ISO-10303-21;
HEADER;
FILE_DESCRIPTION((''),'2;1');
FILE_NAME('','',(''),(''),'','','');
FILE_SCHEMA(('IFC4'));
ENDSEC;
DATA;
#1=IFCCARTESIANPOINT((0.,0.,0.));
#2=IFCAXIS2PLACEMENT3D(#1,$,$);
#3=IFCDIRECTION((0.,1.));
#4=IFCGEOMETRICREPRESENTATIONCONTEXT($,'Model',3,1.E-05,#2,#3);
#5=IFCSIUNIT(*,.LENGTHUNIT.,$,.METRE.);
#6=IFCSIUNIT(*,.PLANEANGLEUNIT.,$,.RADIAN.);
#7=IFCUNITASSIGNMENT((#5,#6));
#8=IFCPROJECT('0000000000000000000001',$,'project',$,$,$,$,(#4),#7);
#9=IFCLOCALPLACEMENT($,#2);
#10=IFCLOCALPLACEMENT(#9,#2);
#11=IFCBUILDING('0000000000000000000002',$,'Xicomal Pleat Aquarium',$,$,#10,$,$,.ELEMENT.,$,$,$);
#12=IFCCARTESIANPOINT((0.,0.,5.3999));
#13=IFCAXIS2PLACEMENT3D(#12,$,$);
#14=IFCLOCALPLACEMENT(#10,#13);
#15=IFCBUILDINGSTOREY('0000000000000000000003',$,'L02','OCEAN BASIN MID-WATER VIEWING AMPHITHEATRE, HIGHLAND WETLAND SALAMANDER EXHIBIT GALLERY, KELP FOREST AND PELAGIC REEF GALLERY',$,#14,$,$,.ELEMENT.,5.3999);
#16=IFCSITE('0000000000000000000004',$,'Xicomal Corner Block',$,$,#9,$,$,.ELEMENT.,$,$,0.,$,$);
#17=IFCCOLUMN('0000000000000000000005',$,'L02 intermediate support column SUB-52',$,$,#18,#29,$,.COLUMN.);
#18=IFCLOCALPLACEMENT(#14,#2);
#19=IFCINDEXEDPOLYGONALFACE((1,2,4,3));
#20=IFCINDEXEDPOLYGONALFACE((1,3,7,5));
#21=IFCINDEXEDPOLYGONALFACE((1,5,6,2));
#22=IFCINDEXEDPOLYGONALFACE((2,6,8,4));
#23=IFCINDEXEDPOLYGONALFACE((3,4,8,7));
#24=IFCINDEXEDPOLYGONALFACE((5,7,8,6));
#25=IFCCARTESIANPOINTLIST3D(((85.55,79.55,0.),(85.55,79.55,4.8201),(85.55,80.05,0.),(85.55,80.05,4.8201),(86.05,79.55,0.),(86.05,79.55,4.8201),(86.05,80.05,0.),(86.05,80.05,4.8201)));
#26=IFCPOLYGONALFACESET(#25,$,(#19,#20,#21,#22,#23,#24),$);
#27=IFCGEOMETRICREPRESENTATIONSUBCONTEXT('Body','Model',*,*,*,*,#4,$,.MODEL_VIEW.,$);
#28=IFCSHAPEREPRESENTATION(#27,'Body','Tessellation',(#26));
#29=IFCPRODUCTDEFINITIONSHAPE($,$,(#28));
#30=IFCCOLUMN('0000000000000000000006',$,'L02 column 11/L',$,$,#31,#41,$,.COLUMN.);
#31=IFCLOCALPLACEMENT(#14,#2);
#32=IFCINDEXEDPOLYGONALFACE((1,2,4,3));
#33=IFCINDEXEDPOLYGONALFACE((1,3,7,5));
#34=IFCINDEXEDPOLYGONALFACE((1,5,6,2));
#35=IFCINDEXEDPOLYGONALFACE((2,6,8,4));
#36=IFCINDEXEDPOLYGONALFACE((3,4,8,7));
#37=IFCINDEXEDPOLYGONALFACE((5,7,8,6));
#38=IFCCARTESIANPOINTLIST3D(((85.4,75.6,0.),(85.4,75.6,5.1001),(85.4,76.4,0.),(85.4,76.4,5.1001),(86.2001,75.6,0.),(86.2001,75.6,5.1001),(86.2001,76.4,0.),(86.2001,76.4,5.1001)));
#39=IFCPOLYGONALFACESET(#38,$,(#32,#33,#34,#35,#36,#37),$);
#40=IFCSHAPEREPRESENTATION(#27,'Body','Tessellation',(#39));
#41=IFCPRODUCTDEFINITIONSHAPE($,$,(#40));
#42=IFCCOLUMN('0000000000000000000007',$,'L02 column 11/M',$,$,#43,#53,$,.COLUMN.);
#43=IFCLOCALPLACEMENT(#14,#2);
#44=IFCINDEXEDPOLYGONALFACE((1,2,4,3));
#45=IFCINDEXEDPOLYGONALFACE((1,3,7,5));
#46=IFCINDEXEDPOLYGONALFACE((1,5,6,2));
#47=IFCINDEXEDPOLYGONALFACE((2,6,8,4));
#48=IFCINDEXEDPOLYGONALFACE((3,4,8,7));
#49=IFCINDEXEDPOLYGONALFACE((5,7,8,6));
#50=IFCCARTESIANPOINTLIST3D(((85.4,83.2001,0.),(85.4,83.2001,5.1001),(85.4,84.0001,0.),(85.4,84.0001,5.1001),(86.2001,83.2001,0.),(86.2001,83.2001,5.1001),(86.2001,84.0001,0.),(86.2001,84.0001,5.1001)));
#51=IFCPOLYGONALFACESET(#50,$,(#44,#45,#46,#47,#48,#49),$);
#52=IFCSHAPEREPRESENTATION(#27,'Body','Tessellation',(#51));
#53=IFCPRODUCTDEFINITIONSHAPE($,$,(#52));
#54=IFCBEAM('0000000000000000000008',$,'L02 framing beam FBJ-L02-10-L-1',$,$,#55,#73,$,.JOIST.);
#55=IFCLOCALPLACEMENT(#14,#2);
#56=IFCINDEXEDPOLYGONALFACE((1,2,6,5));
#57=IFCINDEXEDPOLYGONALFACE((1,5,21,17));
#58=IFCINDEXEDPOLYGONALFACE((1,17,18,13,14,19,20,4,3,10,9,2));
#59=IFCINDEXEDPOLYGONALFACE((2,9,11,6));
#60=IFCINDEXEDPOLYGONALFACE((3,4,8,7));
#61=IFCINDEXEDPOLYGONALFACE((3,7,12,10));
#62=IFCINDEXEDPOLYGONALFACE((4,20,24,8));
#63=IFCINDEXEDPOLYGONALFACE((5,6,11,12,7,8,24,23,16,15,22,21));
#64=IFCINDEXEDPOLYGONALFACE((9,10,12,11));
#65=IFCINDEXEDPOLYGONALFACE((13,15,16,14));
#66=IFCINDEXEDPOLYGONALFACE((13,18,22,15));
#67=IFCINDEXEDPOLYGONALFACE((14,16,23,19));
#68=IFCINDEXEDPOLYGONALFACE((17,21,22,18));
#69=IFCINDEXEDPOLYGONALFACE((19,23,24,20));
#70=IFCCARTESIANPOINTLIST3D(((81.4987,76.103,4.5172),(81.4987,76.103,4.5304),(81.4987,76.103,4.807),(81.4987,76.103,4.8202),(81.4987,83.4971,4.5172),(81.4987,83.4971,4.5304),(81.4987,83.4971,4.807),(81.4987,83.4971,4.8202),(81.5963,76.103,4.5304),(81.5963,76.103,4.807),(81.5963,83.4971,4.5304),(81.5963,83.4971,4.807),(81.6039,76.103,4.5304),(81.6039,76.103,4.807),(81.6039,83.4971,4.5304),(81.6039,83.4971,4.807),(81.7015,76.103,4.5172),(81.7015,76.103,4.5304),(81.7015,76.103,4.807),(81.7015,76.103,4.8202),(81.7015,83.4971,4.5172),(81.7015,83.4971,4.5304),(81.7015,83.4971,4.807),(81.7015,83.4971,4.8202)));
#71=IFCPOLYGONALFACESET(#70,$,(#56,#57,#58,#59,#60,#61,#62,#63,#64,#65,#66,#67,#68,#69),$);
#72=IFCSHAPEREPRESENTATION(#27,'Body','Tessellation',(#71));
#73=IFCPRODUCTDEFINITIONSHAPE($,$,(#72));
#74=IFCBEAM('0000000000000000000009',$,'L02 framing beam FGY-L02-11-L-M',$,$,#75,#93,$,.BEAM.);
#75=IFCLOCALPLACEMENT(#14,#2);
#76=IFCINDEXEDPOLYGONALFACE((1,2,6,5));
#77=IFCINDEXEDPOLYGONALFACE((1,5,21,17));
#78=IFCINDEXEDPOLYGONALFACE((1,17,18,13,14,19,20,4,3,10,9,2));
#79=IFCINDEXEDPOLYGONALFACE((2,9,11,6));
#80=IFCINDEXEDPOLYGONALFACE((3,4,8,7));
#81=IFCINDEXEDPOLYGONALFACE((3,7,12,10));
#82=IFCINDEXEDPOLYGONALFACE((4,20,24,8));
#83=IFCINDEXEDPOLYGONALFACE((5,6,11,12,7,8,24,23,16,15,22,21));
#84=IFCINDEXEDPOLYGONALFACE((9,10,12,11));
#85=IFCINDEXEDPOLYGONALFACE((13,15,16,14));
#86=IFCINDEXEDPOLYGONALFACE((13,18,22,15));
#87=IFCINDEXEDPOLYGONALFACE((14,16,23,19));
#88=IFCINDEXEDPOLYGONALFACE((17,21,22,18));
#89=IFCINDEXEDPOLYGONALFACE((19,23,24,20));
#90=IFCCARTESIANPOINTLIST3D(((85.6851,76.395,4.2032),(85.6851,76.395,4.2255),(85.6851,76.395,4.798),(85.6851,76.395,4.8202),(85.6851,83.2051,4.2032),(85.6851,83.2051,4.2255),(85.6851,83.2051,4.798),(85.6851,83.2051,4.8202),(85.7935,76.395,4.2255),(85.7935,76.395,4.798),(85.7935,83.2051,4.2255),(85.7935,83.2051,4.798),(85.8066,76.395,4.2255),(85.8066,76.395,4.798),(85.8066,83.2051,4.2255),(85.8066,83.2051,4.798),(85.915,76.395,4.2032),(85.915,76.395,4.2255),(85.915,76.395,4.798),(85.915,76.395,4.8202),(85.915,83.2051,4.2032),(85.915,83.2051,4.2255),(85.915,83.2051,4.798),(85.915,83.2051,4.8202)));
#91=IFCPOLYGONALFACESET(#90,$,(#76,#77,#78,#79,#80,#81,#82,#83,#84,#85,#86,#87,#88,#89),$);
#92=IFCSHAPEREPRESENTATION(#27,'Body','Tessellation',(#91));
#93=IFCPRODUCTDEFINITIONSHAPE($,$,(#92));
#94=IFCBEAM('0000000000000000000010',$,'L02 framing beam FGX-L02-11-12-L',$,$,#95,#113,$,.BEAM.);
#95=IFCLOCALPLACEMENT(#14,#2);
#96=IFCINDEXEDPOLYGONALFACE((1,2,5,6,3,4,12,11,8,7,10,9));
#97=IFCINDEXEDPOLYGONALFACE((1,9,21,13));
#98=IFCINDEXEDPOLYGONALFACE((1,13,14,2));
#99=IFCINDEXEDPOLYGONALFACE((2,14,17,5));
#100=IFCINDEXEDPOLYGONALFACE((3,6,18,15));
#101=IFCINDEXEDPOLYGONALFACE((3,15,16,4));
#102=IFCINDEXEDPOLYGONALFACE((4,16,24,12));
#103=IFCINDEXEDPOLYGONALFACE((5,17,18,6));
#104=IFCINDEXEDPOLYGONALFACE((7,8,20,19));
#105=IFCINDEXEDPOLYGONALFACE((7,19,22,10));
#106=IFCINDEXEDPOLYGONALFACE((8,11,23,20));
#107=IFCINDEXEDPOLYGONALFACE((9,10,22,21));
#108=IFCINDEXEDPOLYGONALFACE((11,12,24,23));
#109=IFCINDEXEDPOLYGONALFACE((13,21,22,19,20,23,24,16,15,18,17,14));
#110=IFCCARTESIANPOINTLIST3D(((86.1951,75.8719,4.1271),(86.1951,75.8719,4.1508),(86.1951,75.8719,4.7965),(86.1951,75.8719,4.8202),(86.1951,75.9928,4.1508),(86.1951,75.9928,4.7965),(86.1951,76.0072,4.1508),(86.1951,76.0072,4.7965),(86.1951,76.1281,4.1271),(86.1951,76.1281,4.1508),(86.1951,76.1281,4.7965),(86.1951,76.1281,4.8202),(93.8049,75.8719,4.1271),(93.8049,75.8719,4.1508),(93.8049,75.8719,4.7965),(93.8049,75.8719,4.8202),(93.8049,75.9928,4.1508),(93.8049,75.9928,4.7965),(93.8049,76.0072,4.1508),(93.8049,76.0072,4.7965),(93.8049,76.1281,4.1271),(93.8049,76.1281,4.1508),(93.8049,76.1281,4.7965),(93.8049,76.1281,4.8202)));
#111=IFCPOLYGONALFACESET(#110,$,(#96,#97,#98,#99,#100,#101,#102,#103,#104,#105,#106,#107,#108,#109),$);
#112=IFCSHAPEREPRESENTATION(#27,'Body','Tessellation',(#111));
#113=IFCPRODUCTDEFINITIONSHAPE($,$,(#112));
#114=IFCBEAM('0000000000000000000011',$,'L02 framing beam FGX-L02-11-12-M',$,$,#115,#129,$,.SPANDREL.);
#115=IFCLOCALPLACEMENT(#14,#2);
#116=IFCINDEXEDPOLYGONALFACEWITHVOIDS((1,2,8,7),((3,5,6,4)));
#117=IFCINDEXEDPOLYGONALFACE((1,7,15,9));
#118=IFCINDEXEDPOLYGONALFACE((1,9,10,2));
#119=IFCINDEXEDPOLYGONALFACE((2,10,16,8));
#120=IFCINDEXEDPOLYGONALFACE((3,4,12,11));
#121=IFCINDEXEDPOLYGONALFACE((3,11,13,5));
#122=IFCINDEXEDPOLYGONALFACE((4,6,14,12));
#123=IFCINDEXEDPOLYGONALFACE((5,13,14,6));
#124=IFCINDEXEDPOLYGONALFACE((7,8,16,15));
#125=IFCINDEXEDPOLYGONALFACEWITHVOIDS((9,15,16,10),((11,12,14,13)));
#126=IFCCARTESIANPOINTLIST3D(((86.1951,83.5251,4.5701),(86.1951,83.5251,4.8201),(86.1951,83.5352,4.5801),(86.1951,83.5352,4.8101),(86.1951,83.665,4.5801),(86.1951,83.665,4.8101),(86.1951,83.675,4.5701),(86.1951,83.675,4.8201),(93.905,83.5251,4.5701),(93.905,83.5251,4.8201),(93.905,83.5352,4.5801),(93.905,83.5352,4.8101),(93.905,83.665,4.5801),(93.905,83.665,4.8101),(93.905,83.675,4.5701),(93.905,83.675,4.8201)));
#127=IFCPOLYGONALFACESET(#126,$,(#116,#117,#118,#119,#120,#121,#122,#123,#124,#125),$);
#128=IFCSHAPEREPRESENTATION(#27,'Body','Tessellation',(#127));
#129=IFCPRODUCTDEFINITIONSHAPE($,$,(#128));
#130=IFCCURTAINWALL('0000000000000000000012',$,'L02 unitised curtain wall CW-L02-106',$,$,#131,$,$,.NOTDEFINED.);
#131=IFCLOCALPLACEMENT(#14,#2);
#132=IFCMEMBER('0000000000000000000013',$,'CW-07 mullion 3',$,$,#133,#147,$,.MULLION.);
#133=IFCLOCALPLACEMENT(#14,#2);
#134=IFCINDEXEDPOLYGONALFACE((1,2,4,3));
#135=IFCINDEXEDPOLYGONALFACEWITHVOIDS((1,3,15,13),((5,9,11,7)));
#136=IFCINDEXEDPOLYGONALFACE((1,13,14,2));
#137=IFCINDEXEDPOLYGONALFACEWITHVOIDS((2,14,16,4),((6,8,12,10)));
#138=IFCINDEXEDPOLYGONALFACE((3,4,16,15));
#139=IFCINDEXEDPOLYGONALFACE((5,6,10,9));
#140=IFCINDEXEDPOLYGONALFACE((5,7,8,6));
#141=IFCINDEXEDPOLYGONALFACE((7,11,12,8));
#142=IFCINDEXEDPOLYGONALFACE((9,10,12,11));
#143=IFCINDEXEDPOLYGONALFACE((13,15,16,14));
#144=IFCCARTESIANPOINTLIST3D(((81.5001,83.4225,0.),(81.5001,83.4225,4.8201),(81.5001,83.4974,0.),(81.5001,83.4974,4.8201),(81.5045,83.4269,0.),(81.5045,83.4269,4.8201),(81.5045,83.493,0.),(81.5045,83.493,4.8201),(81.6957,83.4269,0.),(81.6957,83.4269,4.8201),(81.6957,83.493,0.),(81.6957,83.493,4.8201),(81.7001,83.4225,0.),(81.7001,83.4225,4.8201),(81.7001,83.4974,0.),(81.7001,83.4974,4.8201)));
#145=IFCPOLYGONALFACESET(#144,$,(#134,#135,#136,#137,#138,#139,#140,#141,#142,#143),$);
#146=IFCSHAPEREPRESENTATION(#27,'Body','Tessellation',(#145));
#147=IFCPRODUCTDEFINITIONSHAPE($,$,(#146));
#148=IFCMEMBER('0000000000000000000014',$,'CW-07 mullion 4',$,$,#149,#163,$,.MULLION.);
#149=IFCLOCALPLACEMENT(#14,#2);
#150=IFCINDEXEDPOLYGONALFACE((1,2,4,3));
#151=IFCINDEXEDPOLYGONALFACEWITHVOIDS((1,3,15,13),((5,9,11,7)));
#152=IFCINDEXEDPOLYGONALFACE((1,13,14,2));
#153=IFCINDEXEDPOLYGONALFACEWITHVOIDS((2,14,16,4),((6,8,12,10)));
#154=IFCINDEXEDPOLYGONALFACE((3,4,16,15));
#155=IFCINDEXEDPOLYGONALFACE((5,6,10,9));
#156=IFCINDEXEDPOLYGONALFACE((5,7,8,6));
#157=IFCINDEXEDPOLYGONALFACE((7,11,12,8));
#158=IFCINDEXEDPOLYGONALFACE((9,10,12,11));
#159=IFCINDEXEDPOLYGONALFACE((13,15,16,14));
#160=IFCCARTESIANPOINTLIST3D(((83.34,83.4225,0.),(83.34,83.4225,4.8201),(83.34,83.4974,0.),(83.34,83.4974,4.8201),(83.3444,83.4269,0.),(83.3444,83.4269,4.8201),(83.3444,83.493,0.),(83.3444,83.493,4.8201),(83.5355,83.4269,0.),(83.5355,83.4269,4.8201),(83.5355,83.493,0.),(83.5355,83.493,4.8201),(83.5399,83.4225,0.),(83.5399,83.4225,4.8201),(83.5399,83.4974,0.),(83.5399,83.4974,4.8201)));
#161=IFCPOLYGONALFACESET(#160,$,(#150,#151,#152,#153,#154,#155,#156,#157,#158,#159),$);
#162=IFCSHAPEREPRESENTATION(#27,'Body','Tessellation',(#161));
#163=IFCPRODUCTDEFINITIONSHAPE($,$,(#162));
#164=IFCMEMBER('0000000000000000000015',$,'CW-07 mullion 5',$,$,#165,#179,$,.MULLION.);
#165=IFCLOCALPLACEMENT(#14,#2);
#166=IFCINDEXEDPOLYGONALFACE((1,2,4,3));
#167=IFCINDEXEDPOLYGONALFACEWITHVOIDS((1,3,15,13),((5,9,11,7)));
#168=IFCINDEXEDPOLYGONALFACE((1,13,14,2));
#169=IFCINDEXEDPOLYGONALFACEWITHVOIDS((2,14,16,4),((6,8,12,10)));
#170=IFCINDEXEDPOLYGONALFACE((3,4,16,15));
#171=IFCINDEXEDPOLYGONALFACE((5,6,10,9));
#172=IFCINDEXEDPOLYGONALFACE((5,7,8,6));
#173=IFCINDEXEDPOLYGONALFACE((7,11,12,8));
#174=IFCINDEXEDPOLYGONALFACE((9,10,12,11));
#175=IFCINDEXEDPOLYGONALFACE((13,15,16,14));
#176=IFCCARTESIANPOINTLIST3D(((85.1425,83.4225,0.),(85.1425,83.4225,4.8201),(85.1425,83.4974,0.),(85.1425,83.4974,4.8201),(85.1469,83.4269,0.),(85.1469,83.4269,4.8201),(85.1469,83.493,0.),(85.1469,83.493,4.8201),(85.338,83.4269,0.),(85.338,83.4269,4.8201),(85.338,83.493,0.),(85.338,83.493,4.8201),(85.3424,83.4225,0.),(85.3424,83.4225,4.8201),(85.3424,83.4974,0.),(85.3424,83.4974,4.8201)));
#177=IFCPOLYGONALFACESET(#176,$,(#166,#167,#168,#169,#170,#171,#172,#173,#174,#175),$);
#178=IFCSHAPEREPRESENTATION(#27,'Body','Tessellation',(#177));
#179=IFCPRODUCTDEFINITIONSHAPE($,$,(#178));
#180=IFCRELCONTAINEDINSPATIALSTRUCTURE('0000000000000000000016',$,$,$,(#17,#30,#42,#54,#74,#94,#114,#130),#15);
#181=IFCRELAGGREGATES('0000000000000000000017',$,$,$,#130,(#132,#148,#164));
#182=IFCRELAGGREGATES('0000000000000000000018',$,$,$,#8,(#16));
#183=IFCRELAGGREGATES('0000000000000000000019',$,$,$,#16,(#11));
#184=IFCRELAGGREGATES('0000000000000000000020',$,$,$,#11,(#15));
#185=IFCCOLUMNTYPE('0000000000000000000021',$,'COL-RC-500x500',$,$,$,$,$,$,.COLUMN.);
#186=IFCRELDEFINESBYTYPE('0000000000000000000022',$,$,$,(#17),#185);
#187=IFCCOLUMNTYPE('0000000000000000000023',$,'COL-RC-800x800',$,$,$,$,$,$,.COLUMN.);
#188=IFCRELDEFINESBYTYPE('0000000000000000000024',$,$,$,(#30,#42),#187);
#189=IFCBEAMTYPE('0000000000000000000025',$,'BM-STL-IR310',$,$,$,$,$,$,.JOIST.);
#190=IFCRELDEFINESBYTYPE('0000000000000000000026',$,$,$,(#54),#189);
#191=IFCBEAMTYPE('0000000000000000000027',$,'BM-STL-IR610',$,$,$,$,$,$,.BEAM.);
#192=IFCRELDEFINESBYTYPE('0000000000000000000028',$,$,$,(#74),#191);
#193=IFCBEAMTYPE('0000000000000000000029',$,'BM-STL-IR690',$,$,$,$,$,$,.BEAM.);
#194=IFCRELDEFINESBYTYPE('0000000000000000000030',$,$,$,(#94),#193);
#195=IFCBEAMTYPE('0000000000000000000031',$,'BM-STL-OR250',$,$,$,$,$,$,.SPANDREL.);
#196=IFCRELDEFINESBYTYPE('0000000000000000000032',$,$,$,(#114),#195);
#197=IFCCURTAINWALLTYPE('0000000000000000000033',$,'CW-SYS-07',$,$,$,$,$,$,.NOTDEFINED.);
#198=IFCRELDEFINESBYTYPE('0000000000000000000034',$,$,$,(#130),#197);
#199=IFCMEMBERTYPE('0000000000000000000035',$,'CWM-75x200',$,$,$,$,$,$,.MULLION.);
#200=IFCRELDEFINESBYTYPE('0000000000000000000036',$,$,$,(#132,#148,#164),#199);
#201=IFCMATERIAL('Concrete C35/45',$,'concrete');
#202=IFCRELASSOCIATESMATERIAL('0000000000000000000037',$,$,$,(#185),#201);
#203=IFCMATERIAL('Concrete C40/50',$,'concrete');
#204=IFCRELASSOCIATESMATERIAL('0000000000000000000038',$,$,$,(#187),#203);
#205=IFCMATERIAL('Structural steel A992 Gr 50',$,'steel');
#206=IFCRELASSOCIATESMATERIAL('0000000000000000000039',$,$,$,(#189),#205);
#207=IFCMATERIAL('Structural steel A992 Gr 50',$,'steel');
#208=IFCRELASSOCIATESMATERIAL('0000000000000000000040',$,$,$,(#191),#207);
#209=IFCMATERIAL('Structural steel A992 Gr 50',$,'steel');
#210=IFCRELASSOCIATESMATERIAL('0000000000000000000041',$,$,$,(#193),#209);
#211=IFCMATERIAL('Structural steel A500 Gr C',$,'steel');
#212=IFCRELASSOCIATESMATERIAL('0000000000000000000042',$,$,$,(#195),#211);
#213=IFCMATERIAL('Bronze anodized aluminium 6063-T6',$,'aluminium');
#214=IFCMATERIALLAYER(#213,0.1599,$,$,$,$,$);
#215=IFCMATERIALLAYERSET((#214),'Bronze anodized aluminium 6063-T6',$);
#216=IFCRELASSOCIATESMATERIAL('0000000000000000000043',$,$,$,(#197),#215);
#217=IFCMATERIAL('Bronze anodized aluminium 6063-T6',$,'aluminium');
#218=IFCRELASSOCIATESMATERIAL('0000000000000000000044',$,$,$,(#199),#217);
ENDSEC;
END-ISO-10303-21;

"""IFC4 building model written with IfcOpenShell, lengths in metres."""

from ifc_helpers import new_model, si_unit, direction, frame, origin, origin_2d, place, context, subcontext, project, spatial, rectangle, hollow_rectangle, i_section, extrude, material, layer, layer_set, material_profile, profile_set, type_object, element, aggregate, save


model = new_model("IFC4")

# Units and contexts
model_context = context("Model", 3, precision=1e-05, world=origin(), true_north=direction((0.0, 1.0)))
body_context = subcontext(model_context, "Body", "Model", "MODEL_VIEW")
ifc_project = project(units=[si_unit("LENGTHUNIT", "METRE"), si_unit("PLANEANGLEUNIT", "RADIAN")], contexts=[model_context])

# Site, building, storey
site_placement = place(None, origin())
site = spatial("IfcSite", under=ifc_project, at=site_placement, Name="Xicomal Corner Block", CompositionType="ELEMENT", RefElevation=0.0)
building_placement = place(site_placement, origin())
building = spatial("IfcBuilding", under=site, at=building_placement, Name="Xicomal Pleat Aquarium", CompositionType="ELEMENT")
storey_placement = place(building_placement, frame((0.0, 0.0, 5.3999)))
storey = spatial("IfcBuildingStorey", under=building, at=storey_placement, Name="L02", Description="OCEAN BASIN MID-WATER VIEWING AMPHITHEATRE, HIGHLAND WETLAND SALAMANDER EXHIBIT GALLERY, KELP FOREST AND PELAGIC REEF GALLERY", CompositionType="ELEMENT", Elevation=5.3999)

# Columns
ifc_material_1 = material(Name="Concrete C35/45", Category="concrete")
ifc_material_profile_1 = material_profile(ifc_material_1, rectangle(XDim=0.5, YDim=0.5, at=origin_2d()), Name="RC 500x500")
ifc_profile_set_1 = profile_set([ifc_material_profile_1], Name="Concrete C35/45")
column_type_1 = type_object("IfcColumnType", Name="COL-RC-500x500", PredefinedType="COLUMN", material=ifc_profile_set_1)
column_placement = place(storey_placement, frame((85.8, 79.8, 0.0), z_axis=(0.0, 0.0, 1.0), x_axis=(1.0, 0.0, 0.0)))
element("IfcColumn", 1, at=column_placement, inside=storey, type_object=column_type_1, Name="L02 intermediate support column SUB-52", PredefinedType="COLUMN", context=body_context, shape_type="SweptSolid", body=[
    extrude(rectangle(XDim=0.5, YDim=0.5, at=origin_2d()), origin(), (0.0, 0.0, 1.0), 4.8201),
])
ifc_material_2 = material(Name="Concrete C40/50", Category="concrete")
ifc_material_profile_2 = material_profile(ifc_material_2, rectangle(XDim=0.8, YDim=0.8, at=origin_2d()), Name="RC 800x800")
ifc_profile_set_2 = profile_set([ifc_material_profile_2], Name="Concrete C40/50")
column_type_2 = type_object("IfcColumnType", Name="COL-RC-800x800", PredefinedType="COLUMN", material=ifc_profile_set_2)
for number, where, z_axis, x_axis, name in (
    (2, (85.8, 76.0, 0.0), (0.0, 0.0, 1.0), (1.0, 0.0, 0.0), "L02 column 11/L"),
    (3, (85.8, 83.6001, 0.0), (0.0, 0.0, 1.0), (1.0, 0.0, 0.0), "L02 column 11/M"),
):
    element("IfcColumn", number, at=place(storey_placement, frame(where, z_axis=z_axis, x_axis=x_axis)), inside=storey, type_object=column_type_2, Name=name, PredefinedType="COLUMN", context=body_context, shape_type="SweptSolid", body=[
        extrude(rectangle(XDim=0.8, YDim=0.8, at=origin_2d()), origin(), (0.0, 0.0, 1.0), 5.1001),
    ])

# Beams
ifc_material_3 = material(Name="Structural steel A992 Gr 50", Category="steel")
ifc_material_profile_3 = material_profile(ifc_material_3, i_section(OverallWidth=0.2029, OverallDepth=0.303, WebThickness=0.0076, FlangeThickness=0.0132, at=origin_2d()), Name="IR 310x60")
ifc_profile_set_3 = profile_set([ifc_material_profile_3], Name="Structural steel A992 Gr 50")
beam_type_1 = type_object("IfcBeamType", Name="BM-STL-IR310", PredefinedType="JOIST", material=ifc_profile_set_3)
beam_1_placement = place(storey_placement, frame((81.6001, 76.103, 4.6687), z_axis=(0.0, 1.0, 0.0), x_axis=(-1.0, 0.0, 0.0)))
element("IfcBeam", 4, at=beam_1_placement, inside=storey, type_object=beam_type_1, Name="L02 framing beam FBJ-L02-10-L-1", PredefinedType="JOIST", context=body_context, shape_type="SweptSolid", body=[
    extrude(i_section(OverallWidth=0.2029, OverallDepth=0.303, WebThickness=0.0076, FlangeThickness=0.0132, at=origin_2d()), origin(), (0.0, 0.0, 1.0), 7.394),
])
ifc_material_4 = material(Name="Structural steel A992 Gr 50", Category="steel")
ifc_material_profile_4 = material_profile(ifc_material_4, i_section(OverallWidth=0.23, OverallDepth=0.6169, WebThickness=0.0132, FlangeThickness=0.0222, at=origin_2d()), Name="IR 610x140")
ifc_profile_set_4 = profile_set([ifc_material_profile_4], Name="Structural steel A992 Gr 50")
beam_type_2 = type_object("IfcBeamType", Name="BM-STL-IR610", PredefinedType="BEAM", material=ifc_profile_set_4)
beam_2_placement = place(storey_placement, frame((85.8, 76.395, 4.5117), z_axis=(0.0, 1.0, 0.0), x_axis=(-1.0, 0.0, 0.0)))
element("IfcBeam", 5, at=beam_2_placement, inside=storey, type_object=beam_type_2, Name="L02 framing beam FGY-L02-11-L-M", PredefinedType="BEAM", context=body_context, shape_type="SweptSolid", body=[
    extrude(i_section(OverallWidth=0.23, OverallDepth=0.6169, WebThickness=0.0132, FlangeThickness=0.0222, at=origin_2d()), origin(), (0.0, 0.0, 1.0), 6.8101),
])
ifc_material_5 = material(Name="Structural steel A992 Gr 50", Category="steel")
ifc_material_profile_5 = material_profile(ifc_material_5, i_section(OverallWidth=0.2561, OverallDepth=0.6931, WebThickness=0.0144, FlangeThickness=0.0237, at=origin_2d()), Name="IR 690x170")
ifc_profile_set_5 = profile_set([ifc_material_profile_5], Name="Structural steel A992 Gr 50")
beam_type_3 = type_object("IfcBeamType", Name="BM-STL-IR690", PredefinedType="BEAM", material=ifc_profile_set_5)
beam_3_placement = place(storey_placement, frame((86.1951, 76.0, 4.4736), z_axis=(1.0, 0.0, 0.0), x_axis=(0.0, 1.0, 0.0)))
element("IfcBeam", 6, at=beam_3_placement, inside=storey, type_object=beam_type_3, Name="L02 framing beam FGX-L02-11-12-L", PredefinedType="BEAM", context=body_context, shape_type="SweptSolid", body=[
    extrude(i_section(OverallWidth=0.2561, OverallDepth=0.6931, WebThickness=0.0144, FlangeThickness=0.0237, at=origin_2d()), origin(), (0.0, 0.0, 1.0), 7.6099),
])
ifc_material_6 = material(Name="Structural steel A500 Gr C", Category="steel")
ifc_material_profile_6 = material_profile(ifc_material_6, hollow_rectangle(XDim=0.1499, YDim=0.25, WallThickness=0.01, at=origin_2d()), Name="OR 250x150x10")
ifc_profile_set_6 = profile_set([ifc_material_profile_6], Name="Structural steel A500 Gr C")
beam_type_4 = type_object("IfcBeamType", Name="BM-STL-OR250", PredefinedType="SPANDREL", material=ifc_profile_set_6)
beam_4_placement = place(storey_placement, frame((86.1951, 83.6001, 4.6951), z_axis=(1.0, 0.0, 0.0), x_axis=(0.0, 1.0, 0.0)))
element("IfcBeam", 7, at=beam_4_placement, inside=storey, type_object=beam_type_4, Name="L02 framing beam FGX-L02-11-12-M", PredefinedType="SPANDREL", context=body_context, shape_type="SweptSolid", body=[
    extrude(hollow_rectangle(XDim=0.1499, YDim=0.25, WallThickness=0.01, at=origin_2d()), origin(), (0.0, 0.0, 1.0), 7.71),
])

# Curtain wall, members
ifc_material_7 = material(Name="Bronze anodized aluminium 6063-T6", Category="aluminium")
ifc_layer_1 = layer(ifc_material_7, 0.1599)
ifc_layer_set_1 = layer_set([ifc_layer_1], Name="Bronze anodized aluminium 6063-T6")
curtain_wall_type = type_object("IfcCurtainWallType", Name="CW-SYS-07", PredefinedType="NOTDEFINED", material=ifc_layer_set_1)
curtain_wall_placement = place(storey_placement, origin())
curtain_wall = element("IfcCurtainWall", 8, at=curtain_wall_placement, inside=storey, type_object=curtain_wall_type, Name="L02 unitised curtain wall CW-L02-106", PredefinedType="NOTDEFINED")
ifc_material_8 = material(Name="Bronze anodized aluminium 6063-T6", Category="aluminium")
ifc_material_profile_7 = material_profile(ifc_material_8, hollow_rectangle(XDim=0.075, YDim=0.2, WallThickness=0.0044, at=origin_2d()), Name="ALU MULL 75x200")
ifc_profile_set_7 = profile_set([ifc_material_profile_7], Name="Bronze anodized aluminium 6063-T6")
member_type_1 = type_object("IfcMemberType", Name="CWM-75x200", PredefinedType="MULLION", material=ifc_profile_set_7)
member_1_placement = place(storey_placement, frame((81.6001, 83.46, 0.0), z_axis=(0.0, 0.0, 1.0), x_axis=(0.0, 1.0, 0.0)))
member_1 = element("IfcMember", 9, at=member_1_placement, type_object=member_type_1, Name="CW-07 mullion 3", PredefinedType="MULLION", context=body_context, shape_type="SweptSolid", body=[
    extrude(hollow_rectangle(XDim=0.075, YDim=0.2, WallThickness=0.0044, at=origin_2d()), origin(), (0.0, 0.0, 1.0), 4.8201),
])
member_2_placement = place(storey_placement, frame((83.4399, 83.46, 0.0), z_axis=(0.0, 0.0, 1.0), x_axis=(0.0, 1.0, 0.0)))
member_2 = element("IfcMember", 10, at=member_2_placement, type_object=member_type_1, Name="CW-07 mullion 4", PredefinedType="MULLION", context=body_context, shape_type="SweptSolid", body=[
    extrude(hollow_rectangle(XDim=0.075, YDim=0.2, WallThickness=0.0044, at=origin_2d()), origin(), (0.0, 0.0, 1.0), 4.8201),
])
member_3_placement = place(storey_placement, frame((85.2424, 83.46, 0.0), z_axis=(0.0, 0.0, 1.0), x_axis=(0.0, 1.0, 0.0)))
member_3 = element("IfcMember", 11, at=member_3_placement, type_object=member_type_1, Name="CW-07 mullion 5", PredefinedType="MULLION", context=body_context, shape_type="SweptSolid", body=[
    extrude(hollow_rectangle(XDim=0.075, YDim=0.2, WallThickness=0.0044, at=origin_2d()), origin(), (0.0, 0.0, 1.0), 4.8201),
])
aggregate(curtain_wall, [member_1, member_2, member_3])

save(model, "model.ifc")
